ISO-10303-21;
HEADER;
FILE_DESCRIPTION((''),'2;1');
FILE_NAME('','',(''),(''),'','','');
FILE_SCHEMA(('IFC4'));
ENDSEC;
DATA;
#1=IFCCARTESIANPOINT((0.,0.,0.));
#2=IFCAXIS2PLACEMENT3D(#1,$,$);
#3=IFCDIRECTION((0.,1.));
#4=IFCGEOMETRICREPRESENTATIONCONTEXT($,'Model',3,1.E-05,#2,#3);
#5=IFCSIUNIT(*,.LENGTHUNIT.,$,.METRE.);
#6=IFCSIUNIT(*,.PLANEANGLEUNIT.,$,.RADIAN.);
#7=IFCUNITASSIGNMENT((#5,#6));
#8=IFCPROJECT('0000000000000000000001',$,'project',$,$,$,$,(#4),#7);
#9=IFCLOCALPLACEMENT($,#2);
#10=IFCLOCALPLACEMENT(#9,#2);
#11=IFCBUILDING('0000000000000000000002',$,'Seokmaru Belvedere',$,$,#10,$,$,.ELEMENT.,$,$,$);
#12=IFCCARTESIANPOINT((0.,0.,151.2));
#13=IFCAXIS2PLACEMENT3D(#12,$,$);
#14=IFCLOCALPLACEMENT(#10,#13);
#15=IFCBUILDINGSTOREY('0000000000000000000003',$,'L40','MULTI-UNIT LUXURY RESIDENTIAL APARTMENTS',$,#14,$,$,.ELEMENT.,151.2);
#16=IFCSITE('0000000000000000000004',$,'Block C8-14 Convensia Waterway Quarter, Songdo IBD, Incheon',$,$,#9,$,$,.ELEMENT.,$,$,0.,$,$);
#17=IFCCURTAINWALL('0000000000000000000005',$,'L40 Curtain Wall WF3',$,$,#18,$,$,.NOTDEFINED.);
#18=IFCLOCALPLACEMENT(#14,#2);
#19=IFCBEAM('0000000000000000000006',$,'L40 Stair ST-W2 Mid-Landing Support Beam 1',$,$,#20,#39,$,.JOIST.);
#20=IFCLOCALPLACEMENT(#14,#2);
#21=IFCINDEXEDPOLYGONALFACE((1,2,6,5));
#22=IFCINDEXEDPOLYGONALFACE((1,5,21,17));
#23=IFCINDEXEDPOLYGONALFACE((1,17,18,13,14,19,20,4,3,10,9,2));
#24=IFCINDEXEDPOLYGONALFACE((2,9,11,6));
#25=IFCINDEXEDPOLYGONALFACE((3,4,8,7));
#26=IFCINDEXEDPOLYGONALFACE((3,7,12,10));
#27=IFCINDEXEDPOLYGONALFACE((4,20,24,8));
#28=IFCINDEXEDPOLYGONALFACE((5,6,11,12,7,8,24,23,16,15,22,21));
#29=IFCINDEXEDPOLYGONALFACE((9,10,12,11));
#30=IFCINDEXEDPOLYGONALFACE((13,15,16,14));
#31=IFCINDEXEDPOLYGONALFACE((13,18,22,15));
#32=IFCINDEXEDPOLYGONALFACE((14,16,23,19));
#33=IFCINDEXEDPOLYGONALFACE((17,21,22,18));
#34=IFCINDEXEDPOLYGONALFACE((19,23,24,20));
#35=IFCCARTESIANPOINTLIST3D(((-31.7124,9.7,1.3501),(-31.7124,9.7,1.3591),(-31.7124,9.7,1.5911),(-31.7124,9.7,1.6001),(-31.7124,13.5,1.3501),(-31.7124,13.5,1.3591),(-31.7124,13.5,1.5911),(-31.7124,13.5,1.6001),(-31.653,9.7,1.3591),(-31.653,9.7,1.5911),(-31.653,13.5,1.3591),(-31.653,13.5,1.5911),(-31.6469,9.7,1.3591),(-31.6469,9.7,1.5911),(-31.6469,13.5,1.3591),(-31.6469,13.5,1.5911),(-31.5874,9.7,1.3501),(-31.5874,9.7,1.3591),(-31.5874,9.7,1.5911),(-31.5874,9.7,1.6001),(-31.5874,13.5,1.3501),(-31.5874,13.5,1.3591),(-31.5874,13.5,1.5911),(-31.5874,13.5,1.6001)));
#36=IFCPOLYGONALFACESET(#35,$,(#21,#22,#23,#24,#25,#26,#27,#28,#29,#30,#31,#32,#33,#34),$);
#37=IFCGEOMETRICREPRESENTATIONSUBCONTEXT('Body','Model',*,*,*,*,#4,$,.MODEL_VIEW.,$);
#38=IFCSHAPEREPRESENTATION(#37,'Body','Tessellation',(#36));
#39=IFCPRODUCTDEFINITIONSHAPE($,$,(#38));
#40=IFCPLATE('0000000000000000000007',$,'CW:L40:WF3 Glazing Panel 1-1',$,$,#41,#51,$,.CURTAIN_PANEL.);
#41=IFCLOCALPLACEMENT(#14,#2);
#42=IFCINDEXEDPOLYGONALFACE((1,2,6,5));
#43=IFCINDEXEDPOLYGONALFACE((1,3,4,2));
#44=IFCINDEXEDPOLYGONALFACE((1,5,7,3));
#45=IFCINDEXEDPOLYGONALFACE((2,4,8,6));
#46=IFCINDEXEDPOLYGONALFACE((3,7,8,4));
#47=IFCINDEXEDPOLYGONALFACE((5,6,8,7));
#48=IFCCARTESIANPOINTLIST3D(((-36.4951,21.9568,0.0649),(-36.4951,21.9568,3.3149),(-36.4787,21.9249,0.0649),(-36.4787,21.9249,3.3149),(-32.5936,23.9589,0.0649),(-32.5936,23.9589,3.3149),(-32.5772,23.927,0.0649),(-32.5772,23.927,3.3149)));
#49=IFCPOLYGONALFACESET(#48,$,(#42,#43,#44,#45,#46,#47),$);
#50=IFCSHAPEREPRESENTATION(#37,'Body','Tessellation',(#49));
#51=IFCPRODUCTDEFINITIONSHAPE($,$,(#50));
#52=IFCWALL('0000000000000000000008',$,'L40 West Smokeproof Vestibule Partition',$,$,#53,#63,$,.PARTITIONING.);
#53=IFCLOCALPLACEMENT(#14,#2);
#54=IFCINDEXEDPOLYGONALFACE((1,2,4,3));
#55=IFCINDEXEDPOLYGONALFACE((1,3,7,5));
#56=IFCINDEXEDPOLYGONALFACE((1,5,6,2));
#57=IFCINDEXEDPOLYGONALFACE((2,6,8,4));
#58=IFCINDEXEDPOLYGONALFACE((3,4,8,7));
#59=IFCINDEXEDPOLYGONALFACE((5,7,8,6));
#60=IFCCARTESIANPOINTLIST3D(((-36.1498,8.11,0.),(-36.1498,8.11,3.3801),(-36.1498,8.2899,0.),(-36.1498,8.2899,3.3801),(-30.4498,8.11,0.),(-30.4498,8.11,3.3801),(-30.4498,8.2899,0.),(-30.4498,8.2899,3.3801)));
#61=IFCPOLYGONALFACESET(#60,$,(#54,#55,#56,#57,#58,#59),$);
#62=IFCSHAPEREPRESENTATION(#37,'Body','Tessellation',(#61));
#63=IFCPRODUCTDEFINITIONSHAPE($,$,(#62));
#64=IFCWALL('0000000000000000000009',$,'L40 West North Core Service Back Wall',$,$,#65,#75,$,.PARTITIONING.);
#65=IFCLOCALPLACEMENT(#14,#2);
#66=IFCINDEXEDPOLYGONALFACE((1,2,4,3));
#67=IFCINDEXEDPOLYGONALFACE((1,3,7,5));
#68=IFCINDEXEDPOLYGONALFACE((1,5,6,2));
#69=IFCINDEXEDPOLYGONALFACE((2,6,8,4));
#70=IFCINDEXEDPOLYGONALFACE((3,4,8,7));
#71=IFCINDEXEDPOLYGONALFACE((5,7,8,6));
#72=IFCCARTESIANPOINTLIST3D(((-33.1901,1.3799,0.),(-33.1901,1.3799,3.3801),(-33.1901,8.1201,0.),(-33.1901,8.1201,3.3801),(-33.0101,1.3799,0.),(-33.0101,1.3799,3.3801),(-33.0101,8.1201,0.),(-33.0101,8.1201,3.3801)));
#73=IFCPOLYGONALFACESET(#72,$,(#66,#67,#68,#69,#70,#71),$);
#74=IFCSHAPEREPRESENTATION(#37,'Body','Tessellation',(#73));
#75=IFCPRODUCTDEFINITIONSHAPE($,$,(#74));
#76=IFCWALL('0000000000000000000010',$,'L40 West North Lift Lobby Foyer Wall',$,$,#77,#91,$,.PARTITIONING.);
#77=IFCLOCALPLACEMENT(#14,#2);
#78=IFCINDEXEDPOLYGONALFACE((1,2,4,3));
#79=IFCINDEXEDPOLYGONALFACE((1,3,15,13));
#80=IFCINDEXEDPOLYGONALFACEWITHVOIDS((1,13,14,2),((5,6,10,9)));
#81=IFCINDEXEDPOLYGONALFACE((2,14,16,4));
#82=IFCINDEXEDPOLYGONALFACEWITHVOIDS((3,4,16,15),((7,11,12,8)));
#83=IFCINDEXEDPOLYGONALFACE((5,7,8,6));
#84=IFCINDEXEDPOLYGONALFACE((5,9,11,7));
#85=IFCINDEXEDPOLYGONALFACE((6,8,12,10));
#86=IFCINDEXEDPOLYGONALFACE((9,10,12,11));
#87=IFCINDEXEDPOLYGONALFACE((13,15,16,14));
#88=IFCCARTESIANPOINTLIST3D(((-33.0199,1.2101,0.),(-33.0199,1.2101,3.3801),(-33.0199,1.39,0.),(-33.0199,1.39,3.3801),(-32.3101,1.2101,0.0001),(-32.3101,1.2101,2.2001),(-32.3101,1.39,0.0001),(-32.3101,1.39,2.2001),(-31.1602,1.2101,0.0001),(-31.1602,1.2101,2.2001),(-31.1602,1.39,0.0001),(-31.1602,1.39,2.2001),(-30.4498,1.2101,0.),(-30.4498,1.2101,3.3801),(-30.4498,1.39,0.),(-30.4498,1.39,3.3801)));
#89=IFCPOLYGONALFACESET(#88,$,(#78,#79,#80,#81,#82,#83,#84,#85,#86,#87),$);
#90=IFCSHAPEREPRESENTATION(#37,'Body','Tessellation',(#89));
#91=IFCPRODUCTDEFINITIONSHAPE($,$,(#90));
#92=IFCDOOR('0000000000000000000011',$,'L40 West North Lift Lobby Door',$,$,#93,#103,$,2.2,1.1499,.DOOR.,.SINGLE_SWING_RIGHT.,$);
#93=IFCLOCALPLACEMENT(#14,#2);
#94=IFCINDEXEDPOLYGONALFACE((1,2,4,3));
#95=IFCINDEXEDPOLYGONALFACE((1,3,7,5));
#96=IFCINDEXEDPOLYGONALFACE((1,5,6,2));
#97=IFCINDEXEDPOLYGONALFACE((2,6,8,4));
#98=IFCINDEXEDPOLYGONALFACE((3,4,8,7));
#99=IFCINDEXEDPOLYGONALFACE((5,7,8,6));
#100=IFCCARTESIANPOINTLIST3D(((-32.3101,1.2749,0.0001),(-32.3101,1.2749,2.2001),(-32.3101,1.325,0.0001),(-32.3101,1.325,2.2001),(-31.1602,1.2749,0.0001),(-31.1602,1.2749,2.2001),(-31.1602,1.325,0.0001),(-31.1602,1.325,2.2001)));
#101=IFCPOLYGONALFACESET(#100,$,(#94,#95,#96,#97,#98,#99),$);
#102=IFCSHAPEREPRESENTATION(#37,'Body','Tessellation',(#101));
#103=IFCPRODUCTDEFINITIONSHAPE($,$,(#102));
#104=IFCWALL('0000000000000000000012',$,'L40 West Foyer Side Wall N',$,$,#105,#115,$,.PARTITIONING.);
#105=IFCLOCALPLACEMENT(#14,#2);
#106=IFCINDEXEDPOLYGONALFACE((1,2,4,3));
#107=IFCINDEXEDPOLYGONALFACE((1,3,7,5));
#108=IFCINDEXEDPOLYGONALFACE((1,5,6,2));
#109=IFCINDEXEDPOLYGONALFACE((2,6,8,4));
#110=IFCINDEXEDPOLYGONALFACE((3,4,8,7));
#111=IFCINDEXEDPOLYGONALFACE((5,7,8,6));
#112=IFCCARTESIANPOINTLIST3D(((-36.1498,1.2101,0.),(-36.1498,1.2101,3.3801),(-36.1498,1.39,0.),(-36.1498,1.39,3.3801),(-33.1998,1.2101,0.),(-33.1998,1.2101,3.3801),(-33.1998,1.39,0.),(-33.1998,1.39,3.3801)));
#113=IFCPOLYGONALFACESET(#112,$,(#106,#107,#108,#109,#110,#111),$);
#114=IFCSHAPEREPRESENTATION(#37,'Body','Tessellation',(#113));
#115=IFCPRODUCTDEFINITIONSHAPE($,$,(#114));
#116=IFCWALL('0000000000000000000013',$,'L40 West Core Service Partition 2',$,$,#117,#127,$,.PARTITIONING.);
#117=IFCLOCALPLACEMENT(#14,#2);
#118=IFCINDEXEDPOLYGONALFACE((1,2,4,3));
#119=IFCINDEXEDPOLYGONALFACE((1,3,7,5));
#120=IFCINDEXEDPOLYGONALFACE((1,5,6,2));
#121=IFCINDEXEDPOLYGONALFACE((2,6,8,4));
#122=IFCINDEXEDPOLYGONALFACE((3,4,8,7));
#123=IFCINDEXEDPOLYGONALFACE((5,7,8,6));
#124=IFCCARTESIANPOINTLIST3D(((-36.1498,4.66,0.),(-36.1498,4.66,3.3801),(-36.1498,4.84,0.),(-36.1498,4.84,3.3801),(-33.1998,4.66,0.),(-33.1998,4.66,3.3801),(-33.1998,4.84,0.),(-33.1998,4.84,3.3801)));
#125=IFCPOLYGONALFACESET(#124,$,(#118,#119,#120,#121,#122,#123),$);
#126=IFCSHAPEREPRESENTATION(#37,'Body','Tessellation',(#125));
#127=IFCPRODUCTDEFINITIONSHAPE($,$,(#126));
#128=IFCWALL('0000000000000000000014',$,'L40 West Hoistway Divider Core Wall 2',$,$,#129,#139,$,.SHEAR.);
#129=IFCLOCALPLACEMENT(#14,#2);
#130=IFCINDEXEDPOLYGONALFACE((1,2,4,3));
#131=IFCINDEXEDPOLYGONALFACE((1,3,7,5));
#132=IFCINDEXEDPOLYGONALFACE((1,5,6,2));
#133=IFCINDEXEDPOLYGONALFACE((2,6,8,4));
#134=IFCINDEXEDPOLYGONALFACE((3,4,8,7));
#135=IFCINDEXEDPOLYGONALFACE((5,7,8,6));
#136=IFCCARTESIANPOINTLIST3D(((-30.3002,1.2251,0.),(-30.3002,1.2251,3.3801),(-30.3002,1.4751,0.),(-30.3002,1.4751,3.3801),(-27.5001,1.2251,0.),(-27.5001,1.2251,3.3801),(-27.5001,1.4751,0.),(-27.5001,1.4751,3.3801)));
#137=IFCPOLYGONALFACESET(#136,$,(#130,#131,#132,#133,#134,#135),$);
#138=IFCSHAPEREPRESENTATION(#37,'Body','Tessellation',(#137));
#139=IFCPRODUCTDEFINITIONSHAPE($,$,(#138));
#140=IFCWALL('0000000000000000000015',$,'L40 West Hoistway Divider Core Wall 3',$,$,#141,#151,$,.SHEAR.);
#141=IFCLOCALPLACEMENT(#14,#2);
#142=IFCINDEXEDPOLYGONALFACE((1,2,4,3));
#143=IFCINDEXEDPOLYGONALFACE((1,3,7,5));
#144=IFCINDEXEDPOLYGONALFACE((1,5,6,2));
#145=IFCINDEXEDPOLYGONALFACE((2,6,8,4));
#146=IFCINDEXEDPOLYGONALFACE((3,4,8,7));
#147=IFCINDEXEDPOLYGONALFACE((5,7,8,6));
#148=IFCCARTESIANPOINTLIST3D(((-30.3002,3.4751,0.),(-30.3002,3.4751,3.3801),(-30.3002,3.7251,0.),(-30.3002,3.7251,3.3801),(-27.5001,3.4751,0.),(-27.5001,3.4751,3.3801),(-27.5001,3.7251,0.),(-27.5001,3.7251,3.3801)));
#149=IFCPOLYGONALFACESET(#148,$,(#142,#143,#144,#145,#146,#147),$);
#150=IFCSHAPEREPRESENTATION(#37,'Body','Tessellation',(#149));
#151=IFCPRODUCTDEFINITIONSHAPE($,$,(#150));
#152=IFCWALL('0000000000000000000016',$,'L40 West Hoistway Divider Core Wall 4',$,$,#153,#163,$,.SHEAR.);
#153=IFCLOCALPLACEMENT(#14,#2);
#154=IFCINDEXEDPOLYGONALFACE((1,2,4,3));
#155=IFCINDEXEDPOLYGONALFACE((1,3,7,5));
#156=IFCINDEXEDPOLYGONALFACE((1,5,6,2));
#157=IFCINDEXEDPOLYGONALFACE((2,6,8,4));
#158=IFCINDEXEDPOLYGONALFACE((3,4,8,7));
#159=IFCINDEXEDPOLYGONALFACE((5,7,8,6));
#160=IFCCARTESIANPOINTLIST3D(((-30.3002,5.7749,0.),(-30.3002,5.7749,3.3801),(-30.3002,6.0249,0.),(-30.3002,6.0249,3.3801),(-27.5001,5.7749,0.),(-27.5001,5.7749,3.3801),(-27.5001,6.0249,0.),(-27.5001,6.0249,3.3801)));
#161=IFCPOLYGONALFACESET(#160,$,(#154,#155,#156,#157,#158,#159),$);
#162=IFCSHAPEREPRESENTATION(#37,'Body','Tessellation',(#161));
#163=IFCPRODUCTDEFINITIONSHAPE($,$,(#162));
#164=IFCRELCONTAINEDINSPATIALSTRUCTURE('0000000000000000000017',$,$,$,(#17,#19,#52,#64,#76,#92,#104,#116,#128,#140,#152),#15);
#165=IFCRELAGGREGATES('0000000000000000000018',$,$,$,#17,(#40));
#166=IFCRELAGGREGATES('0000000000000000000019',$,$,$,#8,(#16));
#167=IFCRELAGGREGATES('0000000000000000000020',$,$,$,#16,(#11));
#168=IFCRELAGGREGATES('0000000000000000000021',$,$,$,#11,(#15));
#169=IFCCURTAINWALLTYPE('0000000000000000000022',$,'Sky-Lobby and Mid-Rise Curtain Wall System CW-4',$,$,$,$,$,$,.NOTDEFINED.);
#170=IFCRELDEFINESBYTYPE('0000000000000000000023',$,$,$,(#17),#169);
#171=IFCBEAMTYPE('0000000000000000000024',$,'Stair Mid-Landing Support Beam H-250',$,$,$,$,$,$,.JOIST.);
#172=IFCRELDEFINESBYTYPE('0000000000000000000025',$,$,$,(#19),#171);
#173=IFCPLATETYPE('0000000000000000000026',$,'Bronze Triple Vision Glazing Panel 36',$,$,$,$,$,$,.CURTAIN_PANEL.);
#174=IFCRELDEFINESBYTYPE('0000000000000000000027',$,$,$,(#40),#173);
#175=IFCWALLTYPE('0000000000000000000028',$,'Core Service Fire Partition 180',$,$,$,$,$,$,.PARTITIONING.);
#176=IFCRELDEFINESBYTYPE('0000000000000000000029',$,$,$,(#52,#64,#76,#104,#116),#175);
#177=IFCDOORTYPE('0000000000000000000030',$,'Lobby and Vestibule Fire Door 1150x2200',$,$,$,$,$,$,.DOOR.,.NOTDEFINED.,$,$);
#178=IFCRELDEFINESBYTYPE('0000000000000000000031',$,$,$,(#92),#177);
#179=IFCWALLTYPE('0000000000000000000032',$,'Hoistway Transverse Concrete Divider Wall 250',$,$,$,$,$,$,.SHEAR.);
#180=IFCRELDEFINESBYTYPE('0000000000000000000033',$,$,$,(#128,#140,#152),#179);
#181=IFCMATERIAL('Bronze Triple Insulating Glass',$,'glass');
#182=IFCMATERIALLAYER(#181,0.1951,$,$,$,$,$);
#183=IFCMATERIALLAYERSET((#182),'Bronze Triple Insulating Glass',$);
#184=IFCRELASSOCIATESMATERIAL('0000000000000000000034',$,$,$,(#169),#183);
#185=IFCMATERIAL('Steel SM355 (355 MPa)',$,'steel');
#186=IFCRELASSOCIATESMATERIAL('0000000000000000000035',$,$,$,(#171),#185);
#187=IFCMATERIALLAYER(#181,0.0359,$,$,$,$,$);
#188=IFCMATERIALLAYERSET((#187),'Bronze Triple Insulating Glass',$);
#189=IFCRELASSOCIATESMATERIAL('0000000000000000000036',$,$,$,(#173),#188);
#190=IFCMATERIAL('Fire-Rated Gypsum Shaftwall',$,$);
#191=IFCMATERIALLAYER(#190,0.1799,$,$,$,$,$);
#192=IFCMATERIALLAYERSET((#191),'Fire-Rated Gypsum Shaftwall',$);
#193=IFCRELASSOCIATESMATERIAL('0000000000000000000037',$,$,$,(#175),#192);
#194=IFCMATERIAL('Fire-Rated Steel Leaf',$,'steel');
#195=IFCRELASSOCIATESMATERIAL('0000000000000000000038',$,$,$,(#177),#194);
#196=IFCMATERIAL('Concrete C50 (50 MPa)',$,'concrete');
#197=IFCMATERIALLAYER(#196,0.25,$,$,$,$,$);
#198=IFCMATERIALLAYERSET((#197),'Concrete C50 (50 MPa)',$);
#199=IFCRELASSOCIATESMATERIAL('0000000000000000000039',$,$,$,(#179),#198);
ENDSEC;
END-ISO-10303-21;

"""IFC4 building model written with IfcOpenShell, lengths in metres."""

from ifc_helpers import new_model, si_unit, direction, frame, frame_2d, origin, origin_2d, place, context, subcontext, project, spatial, rectangle, i_section, extrude, source, transform, mapped, material, layer, layer_set, material_profile, profile_set, type_object, type_shapes, element, fill, aggregate, save


model = new_model("IFC4")

# Units and contexts
model_context = context("Model", 3, precision=1e-05, world=origin(), true_north=direction((0.0, 1.0)))
body_context = subcontext(model_context, "Body", "Model", "MODEL_VIEW")
ifc_project = project(units=[si_unit("LENGTHUNIT", "METRE"), si_unit("PLANEANGLEUNIT", "RADIAN")], contexts=[model_context])

# Site, building, storey
site_placement = place(None, origin())
site = spatial("IfcSite", under=ifc_project, at=site_placement, Name="Block C8-14 Convensia Waterway Quarter, Songdo IBD, Incheon", CompositionType="ELEMENT", RefElevation=0.0)
building_placement = place(site_placement, origin())
building = spatial("IfcBuilding", under=site, at=building_placement, Name="Seokmaru Belvedere", CompositionType="ELEMENT")
storey_placement = place(building_placement, frame((0.0, 0.0, 151.2)))
storey = spatial("IfcBuildingStorey", under=building, at=storey_placement, Name="L40", Description="MULTI-UNIT LUXURY RESIDENTIAL APARTMENTS", CompositionType="ELEMENT", Elevation=151.2)

# Shared definitions
ifc_material_1 = material(Name="Steel SM355 (355 MPa)", Category="steel")

# Shared definitions
ifc_material_2 = material(Name="Bronze Triple Insulating Glass", Category="glass")
ifc_layer_1 = layer(ifc_material_2, 0.1951)
ifc_layer_set_1 = layer_set([ifc_layer_1], Name="Bronze Triple Insulating Glass")
curtain_wall_type = type_object("IfcCurtainWallType", Name="Sky-Lobby and Mid-Rise Curtain Wall System CW-4", PredefinedType="NOTDEFINED", material=ifc_layer_set_1)

# Curtain wall
curtain_wall_1_placement = place(storey_placement, origin())
curtain_wall_1 = element("IfcCurtainWall", 1, at=curtain_wall_1_placement, inside=storey, type_object=curtain_wall_type, Name="L40 Curtain Wall WF3", PredefinedType="NOTDEFINED")

# Beam
ifc_material_profile_1 = material_profile(ifc_material_1, i_section(OverallWidth=0.125, OverallDepth=0.25, WebThickness=0.0061, FlangeThickness=0.009, at=origin_2d()), Name="H-250x125x6x9")
ifc_profile_set_1 = profile_set([ifc_material_profile_1], Name="Steel SM355 (355 MPa)")
beam_type_1 = type_object("IfcBeamType", Name="Stair Mid-Landing Support Beam H-250", PredefinedType="JOIST", material=ifc_profile_set_1)
shared_shape_1 = source(origin(), body_context, "Body", "SweptSolid", [
    extrude(i_section(OverallWidth=0.125, OverallDepth=0.25, WebThickness=0.0061, FlangeThickness=0.009, at=origin_2d()), origin(), (0.0, 0.0, 1.0), 3.8),
])
type_shapes(beam_type_1, [shared_shape_1])
beam_1_placement = place(storey_placement, frame((-31.6499, 9.7, 1.4751), z_axis=(0.0, 1.0, 0.0), x_axis=(-1.0, 0.0, 0.0)))
element("IfcBeam", 2, at=beam_1_placement, inside=storey, type_object=beam_type_1, Name="L40 Stair ST-W2 Mid-Landing Support Beam 1", PredefinedType="JOIST", context=body_context, shape_type="MappedRepresentation", body=[
    mapped(shared_shape_1, transform((0.0, 0.0, 0.0), scale=1.0)),
])

# Plate
ifc_layer_2 = layer(ifc_material_2, 0.0359)
ifc_layer_set_2 = layer_set([ifc_layer_2], Name="Bronze Triple Insulating Glass")
plate_type = type_object("IfcPlateType", Name="Bronze Triple Vision Glazing Panel 36", PredefinedType="CURTAIN_PANEL", material=ifc_layer_set_2)
shared_shape_2 = source(origin(), body_context, "Body", "SweptSolid", [
    extrude(rectangle(XDim=4.3853, YDim=0.0359, at=origin_2d()), origin(), (0.0, 0.0, 1.0), 3.25),
])
type_shapes(plate_type, [shared_shape_2])
plate_placement = place(storey_placement, frame((-34.5361, 22.9419, 0.0649), z_axis=(0.0, 0.0, 1.0), x_axis=(-0.889695, -0.456555, 0.0)))
plate = element("IfcPlate", 3, at=plate_placement, type_object=plate_type, Name="CW:L40:WF3 Glazing Panel 1-1", PredefinedType="CURTAIN_PANEL", context=body_context, shape_type="MappedRepresentation", body=[
    mapped(shared_shape_2, transform((0.0, 0.0, 0.0), scale=1.0)),
])
aggregate(curtain_wall_1, [plate])

# Walls
ifc_material_3 = material(Name="Fire-Rated Gypsum Shaftwall")
ifc_layer_3 = layer(ifc_material_3, 0.1799)
ifc_layer_set_3 = layer_set([ifc_layer_3], Name="Fire-Rated Gypsum Shaftwall")
wall_type_1 = type_object("IfcWallType", Name="Core Service Fire Partition 180", PredefinedType="PARTITIONING", material=ifc_layer_set_3)
wall_1_placement = place(storey_placement, frame((-36.1499, 8.2, 0.0), z_axis=(0.0, 0.0, 1.0), x_axis=(1.0, 0.0, 0.0)))
element("IfcWall", 4, at=wall_1_placement, inside=storey, type_object=wall_type_1, Name="L40 West Smokeproof Vestibule Partition", PredefinedType="PARTITIONING", context=body_context, shape_type="SweptSolid", body=[
    extrude(rectangle(XDim=5.7, YDim=0.1799, at=frame_2d((2.8501, 0.0))), origin(), (0.0, 0.0, 1.0), 3.3801),
])
wall_2_placement = place(storey_placement, frame((-33.1001, 1.3799, 0.0), z_axis=(0.0, 0.0, 1.0), x_axis=(0.0, 1.0, 0.0)))
element("IfcWall", 5, at=wall_2_placement, inside=storey, type_object=wall_type_1, Name="L40 West North Core Service Back Wall", PredefinedType="PARTITIONING", context=body_context, shape_type="SweptSolid", body=[
    extrude(rectangle(XDim=6.7402, YDim=0.1799, at=frame_2d((3.3701, 0.0))), origin(), (0.0, 0.0, 1.0), 3.3801),
])

# Wall, opening, door
wall_3_placement = place(storey_placement, frame((-33.02, 1.3, 0.0), z_axis=(0.0, 0.0, 1.0), x_axis=(1.0, 0.0, 0.0)))
wall_3 = element("IfcWall", 6, at=wall_3_placement, inside=storey, type_object=wall_type_1, Name="L40 West North Lift Lobby Foyer Wall", PredefinedType="PARTITIONING", context=body_context, shape_type="SweptSolid", body=[
    extrude(rectangle(XDim=2.5701, YDim=0.1799, at=frame_2d((1.2852, 0.0))), origin(), (0.0, 0.0, 1.0), 3.3801),
])
opening_1_placement = place(wall_3_placement, frame((0.71, 0.0, 0.0)))
opening_1 = element("IfcOpeningElement", 7, at=opening_1_placement, cuts=wall_3, PredefinedType="OPENING", context=body_context, shape_type="SweptSolid", body=[
    extrude(rectangle(XDim=1.1499, YDim=2.2, at=frame_2d((0.575, 1.1001))), frame((0.0, 0.1001, 0.0), z_axis=(0.0, -1.0, 0.0), x_axis=(1.0, 0.0, 0.0)), (0.0, 0.0, 1.0), 0.2),
])
ifc_material_4 = material(Name="Fire-Rated Steel Leaf", Category="steel")
door_type_1 = type_object("IfcDoorType", Name="Lobby and Vestibule Fire Door 1150x2200", OperationType="NOTDEFINED", PredefinedType="DOOR", material=ifc_material_4)
shared_shape_3 = source(origin(), body_context, "Body", "SweptSolid", [
    extrude(rectangle(XDim=1.1499, YDim=2.2, at=frame_2d((0.575, 1.1001))), frame((0.0, 0.0249, 0.0), z_axis=(0.0, -1.0, 0.0), x_axis=(1.0, 0.0, 0.0)), (0.0, 0.0, 1.0), 0.05),
])
type_shapes(door_type_1, [shared_shape_3])
door_1_placement = place(opening_1_placement, origin())
door_1 = element("IfcDoor", 8, at=door_1_placement, inside=storey, type_object=door_type_1, Name="L40 West North Lift Lobby Door", OperationType="SINGLE_SWING_RIGHT", OverallHeight=2.2, OverallWidth=1.1499, PredefinedType="DOOR", context=body_context, shape_type="MappedRepresentation", body=[
    mapped(shared_shape_3, transform((0.0, 0.0, 0.0), scale=1.0)),
])
fill(opening_1, door_1)

# Walls
for number, where, z_axis, x_axis, name in (
    (9, (-36.1499, 1.3, 0.0), (0.0, 0.0, 1.0), (1.0, 0.0, 0.0), "L40 West Foyer Side Wall N"),
    (10, (-36.1499, 4.75, 0.0), (0.0, 0.0, 1.0), (1.0, 0.0, 0.0), "L40 West Core Service Partition 2"),
):
    element("IfcWall", number, at=place(storey_placement, frame(where, z_axis=z_axis, x_axis=x_axis)), inside=storey, type_object=wall_type_1, Name=name, PredefinedType="PARTITIONING", context=body_context, shape_type="SweptSolid", body=[
        extrude(rectangle(XDim=2.95, YDim=0.1799, at=frame_2d((1.4751, 0.0))), origin(), (0.0, 0.0, 1.0), 3.3801),
    ])
ifc_material_5 = material(Name="Concrete C50 (50 MPa)", Category="concrete")
ifc_layer_4 = layer(ifc_material_5, 0.25)
ifc_layer_set_4 = layer_set([ifc_layer_4], Name="Concrete C50 (50 MPa)")
wall_type_2 = type_object("IfcWallType", Name="Hoistway Transverse Concrete Divider Wall 250", PredefinedType="SHEAR", material=ifc_layer_set_4)
for number, where, z_axis, x_axis, name in (
    (11, (-30.3, 1.3501, 0.0), (0.0, 0.0, 1.0), (1.0, 0.0, 0.0), "L40 West Hoistway Divider Core Wall 2"),
    (12, (-30.3, 3.6001, 0.0), (0.0, 0.0, 1.0), (1.0, 0.0, 0.0), "L40 West Hoistway Divider Core Wall 3"),
    (13, (-30.3, 5.8999, 0.0), (0.0, 0.0, 1.0), (1.0, 0.0, 0.0), "L40 West Hoistway Divider Core Wall 4"),
):
    element("IfcWall", number, at=place(storey_placement, frame(where, z_axis=z_axis, x_axis=x_axis)), inside=storey, type_object=wall_type_2, Name=name, PredefinedType="SHEAR", context=body_context, shape_type="SweptSolid", body=[
        extrude(rectangle(XDim=2.8, YDim=0.25, at=frame_2d((1.3999, 0.0))), origin(), (0.0, 0.0, 1.0), 3.3801),
    ])

save(model, "model.ifc")
